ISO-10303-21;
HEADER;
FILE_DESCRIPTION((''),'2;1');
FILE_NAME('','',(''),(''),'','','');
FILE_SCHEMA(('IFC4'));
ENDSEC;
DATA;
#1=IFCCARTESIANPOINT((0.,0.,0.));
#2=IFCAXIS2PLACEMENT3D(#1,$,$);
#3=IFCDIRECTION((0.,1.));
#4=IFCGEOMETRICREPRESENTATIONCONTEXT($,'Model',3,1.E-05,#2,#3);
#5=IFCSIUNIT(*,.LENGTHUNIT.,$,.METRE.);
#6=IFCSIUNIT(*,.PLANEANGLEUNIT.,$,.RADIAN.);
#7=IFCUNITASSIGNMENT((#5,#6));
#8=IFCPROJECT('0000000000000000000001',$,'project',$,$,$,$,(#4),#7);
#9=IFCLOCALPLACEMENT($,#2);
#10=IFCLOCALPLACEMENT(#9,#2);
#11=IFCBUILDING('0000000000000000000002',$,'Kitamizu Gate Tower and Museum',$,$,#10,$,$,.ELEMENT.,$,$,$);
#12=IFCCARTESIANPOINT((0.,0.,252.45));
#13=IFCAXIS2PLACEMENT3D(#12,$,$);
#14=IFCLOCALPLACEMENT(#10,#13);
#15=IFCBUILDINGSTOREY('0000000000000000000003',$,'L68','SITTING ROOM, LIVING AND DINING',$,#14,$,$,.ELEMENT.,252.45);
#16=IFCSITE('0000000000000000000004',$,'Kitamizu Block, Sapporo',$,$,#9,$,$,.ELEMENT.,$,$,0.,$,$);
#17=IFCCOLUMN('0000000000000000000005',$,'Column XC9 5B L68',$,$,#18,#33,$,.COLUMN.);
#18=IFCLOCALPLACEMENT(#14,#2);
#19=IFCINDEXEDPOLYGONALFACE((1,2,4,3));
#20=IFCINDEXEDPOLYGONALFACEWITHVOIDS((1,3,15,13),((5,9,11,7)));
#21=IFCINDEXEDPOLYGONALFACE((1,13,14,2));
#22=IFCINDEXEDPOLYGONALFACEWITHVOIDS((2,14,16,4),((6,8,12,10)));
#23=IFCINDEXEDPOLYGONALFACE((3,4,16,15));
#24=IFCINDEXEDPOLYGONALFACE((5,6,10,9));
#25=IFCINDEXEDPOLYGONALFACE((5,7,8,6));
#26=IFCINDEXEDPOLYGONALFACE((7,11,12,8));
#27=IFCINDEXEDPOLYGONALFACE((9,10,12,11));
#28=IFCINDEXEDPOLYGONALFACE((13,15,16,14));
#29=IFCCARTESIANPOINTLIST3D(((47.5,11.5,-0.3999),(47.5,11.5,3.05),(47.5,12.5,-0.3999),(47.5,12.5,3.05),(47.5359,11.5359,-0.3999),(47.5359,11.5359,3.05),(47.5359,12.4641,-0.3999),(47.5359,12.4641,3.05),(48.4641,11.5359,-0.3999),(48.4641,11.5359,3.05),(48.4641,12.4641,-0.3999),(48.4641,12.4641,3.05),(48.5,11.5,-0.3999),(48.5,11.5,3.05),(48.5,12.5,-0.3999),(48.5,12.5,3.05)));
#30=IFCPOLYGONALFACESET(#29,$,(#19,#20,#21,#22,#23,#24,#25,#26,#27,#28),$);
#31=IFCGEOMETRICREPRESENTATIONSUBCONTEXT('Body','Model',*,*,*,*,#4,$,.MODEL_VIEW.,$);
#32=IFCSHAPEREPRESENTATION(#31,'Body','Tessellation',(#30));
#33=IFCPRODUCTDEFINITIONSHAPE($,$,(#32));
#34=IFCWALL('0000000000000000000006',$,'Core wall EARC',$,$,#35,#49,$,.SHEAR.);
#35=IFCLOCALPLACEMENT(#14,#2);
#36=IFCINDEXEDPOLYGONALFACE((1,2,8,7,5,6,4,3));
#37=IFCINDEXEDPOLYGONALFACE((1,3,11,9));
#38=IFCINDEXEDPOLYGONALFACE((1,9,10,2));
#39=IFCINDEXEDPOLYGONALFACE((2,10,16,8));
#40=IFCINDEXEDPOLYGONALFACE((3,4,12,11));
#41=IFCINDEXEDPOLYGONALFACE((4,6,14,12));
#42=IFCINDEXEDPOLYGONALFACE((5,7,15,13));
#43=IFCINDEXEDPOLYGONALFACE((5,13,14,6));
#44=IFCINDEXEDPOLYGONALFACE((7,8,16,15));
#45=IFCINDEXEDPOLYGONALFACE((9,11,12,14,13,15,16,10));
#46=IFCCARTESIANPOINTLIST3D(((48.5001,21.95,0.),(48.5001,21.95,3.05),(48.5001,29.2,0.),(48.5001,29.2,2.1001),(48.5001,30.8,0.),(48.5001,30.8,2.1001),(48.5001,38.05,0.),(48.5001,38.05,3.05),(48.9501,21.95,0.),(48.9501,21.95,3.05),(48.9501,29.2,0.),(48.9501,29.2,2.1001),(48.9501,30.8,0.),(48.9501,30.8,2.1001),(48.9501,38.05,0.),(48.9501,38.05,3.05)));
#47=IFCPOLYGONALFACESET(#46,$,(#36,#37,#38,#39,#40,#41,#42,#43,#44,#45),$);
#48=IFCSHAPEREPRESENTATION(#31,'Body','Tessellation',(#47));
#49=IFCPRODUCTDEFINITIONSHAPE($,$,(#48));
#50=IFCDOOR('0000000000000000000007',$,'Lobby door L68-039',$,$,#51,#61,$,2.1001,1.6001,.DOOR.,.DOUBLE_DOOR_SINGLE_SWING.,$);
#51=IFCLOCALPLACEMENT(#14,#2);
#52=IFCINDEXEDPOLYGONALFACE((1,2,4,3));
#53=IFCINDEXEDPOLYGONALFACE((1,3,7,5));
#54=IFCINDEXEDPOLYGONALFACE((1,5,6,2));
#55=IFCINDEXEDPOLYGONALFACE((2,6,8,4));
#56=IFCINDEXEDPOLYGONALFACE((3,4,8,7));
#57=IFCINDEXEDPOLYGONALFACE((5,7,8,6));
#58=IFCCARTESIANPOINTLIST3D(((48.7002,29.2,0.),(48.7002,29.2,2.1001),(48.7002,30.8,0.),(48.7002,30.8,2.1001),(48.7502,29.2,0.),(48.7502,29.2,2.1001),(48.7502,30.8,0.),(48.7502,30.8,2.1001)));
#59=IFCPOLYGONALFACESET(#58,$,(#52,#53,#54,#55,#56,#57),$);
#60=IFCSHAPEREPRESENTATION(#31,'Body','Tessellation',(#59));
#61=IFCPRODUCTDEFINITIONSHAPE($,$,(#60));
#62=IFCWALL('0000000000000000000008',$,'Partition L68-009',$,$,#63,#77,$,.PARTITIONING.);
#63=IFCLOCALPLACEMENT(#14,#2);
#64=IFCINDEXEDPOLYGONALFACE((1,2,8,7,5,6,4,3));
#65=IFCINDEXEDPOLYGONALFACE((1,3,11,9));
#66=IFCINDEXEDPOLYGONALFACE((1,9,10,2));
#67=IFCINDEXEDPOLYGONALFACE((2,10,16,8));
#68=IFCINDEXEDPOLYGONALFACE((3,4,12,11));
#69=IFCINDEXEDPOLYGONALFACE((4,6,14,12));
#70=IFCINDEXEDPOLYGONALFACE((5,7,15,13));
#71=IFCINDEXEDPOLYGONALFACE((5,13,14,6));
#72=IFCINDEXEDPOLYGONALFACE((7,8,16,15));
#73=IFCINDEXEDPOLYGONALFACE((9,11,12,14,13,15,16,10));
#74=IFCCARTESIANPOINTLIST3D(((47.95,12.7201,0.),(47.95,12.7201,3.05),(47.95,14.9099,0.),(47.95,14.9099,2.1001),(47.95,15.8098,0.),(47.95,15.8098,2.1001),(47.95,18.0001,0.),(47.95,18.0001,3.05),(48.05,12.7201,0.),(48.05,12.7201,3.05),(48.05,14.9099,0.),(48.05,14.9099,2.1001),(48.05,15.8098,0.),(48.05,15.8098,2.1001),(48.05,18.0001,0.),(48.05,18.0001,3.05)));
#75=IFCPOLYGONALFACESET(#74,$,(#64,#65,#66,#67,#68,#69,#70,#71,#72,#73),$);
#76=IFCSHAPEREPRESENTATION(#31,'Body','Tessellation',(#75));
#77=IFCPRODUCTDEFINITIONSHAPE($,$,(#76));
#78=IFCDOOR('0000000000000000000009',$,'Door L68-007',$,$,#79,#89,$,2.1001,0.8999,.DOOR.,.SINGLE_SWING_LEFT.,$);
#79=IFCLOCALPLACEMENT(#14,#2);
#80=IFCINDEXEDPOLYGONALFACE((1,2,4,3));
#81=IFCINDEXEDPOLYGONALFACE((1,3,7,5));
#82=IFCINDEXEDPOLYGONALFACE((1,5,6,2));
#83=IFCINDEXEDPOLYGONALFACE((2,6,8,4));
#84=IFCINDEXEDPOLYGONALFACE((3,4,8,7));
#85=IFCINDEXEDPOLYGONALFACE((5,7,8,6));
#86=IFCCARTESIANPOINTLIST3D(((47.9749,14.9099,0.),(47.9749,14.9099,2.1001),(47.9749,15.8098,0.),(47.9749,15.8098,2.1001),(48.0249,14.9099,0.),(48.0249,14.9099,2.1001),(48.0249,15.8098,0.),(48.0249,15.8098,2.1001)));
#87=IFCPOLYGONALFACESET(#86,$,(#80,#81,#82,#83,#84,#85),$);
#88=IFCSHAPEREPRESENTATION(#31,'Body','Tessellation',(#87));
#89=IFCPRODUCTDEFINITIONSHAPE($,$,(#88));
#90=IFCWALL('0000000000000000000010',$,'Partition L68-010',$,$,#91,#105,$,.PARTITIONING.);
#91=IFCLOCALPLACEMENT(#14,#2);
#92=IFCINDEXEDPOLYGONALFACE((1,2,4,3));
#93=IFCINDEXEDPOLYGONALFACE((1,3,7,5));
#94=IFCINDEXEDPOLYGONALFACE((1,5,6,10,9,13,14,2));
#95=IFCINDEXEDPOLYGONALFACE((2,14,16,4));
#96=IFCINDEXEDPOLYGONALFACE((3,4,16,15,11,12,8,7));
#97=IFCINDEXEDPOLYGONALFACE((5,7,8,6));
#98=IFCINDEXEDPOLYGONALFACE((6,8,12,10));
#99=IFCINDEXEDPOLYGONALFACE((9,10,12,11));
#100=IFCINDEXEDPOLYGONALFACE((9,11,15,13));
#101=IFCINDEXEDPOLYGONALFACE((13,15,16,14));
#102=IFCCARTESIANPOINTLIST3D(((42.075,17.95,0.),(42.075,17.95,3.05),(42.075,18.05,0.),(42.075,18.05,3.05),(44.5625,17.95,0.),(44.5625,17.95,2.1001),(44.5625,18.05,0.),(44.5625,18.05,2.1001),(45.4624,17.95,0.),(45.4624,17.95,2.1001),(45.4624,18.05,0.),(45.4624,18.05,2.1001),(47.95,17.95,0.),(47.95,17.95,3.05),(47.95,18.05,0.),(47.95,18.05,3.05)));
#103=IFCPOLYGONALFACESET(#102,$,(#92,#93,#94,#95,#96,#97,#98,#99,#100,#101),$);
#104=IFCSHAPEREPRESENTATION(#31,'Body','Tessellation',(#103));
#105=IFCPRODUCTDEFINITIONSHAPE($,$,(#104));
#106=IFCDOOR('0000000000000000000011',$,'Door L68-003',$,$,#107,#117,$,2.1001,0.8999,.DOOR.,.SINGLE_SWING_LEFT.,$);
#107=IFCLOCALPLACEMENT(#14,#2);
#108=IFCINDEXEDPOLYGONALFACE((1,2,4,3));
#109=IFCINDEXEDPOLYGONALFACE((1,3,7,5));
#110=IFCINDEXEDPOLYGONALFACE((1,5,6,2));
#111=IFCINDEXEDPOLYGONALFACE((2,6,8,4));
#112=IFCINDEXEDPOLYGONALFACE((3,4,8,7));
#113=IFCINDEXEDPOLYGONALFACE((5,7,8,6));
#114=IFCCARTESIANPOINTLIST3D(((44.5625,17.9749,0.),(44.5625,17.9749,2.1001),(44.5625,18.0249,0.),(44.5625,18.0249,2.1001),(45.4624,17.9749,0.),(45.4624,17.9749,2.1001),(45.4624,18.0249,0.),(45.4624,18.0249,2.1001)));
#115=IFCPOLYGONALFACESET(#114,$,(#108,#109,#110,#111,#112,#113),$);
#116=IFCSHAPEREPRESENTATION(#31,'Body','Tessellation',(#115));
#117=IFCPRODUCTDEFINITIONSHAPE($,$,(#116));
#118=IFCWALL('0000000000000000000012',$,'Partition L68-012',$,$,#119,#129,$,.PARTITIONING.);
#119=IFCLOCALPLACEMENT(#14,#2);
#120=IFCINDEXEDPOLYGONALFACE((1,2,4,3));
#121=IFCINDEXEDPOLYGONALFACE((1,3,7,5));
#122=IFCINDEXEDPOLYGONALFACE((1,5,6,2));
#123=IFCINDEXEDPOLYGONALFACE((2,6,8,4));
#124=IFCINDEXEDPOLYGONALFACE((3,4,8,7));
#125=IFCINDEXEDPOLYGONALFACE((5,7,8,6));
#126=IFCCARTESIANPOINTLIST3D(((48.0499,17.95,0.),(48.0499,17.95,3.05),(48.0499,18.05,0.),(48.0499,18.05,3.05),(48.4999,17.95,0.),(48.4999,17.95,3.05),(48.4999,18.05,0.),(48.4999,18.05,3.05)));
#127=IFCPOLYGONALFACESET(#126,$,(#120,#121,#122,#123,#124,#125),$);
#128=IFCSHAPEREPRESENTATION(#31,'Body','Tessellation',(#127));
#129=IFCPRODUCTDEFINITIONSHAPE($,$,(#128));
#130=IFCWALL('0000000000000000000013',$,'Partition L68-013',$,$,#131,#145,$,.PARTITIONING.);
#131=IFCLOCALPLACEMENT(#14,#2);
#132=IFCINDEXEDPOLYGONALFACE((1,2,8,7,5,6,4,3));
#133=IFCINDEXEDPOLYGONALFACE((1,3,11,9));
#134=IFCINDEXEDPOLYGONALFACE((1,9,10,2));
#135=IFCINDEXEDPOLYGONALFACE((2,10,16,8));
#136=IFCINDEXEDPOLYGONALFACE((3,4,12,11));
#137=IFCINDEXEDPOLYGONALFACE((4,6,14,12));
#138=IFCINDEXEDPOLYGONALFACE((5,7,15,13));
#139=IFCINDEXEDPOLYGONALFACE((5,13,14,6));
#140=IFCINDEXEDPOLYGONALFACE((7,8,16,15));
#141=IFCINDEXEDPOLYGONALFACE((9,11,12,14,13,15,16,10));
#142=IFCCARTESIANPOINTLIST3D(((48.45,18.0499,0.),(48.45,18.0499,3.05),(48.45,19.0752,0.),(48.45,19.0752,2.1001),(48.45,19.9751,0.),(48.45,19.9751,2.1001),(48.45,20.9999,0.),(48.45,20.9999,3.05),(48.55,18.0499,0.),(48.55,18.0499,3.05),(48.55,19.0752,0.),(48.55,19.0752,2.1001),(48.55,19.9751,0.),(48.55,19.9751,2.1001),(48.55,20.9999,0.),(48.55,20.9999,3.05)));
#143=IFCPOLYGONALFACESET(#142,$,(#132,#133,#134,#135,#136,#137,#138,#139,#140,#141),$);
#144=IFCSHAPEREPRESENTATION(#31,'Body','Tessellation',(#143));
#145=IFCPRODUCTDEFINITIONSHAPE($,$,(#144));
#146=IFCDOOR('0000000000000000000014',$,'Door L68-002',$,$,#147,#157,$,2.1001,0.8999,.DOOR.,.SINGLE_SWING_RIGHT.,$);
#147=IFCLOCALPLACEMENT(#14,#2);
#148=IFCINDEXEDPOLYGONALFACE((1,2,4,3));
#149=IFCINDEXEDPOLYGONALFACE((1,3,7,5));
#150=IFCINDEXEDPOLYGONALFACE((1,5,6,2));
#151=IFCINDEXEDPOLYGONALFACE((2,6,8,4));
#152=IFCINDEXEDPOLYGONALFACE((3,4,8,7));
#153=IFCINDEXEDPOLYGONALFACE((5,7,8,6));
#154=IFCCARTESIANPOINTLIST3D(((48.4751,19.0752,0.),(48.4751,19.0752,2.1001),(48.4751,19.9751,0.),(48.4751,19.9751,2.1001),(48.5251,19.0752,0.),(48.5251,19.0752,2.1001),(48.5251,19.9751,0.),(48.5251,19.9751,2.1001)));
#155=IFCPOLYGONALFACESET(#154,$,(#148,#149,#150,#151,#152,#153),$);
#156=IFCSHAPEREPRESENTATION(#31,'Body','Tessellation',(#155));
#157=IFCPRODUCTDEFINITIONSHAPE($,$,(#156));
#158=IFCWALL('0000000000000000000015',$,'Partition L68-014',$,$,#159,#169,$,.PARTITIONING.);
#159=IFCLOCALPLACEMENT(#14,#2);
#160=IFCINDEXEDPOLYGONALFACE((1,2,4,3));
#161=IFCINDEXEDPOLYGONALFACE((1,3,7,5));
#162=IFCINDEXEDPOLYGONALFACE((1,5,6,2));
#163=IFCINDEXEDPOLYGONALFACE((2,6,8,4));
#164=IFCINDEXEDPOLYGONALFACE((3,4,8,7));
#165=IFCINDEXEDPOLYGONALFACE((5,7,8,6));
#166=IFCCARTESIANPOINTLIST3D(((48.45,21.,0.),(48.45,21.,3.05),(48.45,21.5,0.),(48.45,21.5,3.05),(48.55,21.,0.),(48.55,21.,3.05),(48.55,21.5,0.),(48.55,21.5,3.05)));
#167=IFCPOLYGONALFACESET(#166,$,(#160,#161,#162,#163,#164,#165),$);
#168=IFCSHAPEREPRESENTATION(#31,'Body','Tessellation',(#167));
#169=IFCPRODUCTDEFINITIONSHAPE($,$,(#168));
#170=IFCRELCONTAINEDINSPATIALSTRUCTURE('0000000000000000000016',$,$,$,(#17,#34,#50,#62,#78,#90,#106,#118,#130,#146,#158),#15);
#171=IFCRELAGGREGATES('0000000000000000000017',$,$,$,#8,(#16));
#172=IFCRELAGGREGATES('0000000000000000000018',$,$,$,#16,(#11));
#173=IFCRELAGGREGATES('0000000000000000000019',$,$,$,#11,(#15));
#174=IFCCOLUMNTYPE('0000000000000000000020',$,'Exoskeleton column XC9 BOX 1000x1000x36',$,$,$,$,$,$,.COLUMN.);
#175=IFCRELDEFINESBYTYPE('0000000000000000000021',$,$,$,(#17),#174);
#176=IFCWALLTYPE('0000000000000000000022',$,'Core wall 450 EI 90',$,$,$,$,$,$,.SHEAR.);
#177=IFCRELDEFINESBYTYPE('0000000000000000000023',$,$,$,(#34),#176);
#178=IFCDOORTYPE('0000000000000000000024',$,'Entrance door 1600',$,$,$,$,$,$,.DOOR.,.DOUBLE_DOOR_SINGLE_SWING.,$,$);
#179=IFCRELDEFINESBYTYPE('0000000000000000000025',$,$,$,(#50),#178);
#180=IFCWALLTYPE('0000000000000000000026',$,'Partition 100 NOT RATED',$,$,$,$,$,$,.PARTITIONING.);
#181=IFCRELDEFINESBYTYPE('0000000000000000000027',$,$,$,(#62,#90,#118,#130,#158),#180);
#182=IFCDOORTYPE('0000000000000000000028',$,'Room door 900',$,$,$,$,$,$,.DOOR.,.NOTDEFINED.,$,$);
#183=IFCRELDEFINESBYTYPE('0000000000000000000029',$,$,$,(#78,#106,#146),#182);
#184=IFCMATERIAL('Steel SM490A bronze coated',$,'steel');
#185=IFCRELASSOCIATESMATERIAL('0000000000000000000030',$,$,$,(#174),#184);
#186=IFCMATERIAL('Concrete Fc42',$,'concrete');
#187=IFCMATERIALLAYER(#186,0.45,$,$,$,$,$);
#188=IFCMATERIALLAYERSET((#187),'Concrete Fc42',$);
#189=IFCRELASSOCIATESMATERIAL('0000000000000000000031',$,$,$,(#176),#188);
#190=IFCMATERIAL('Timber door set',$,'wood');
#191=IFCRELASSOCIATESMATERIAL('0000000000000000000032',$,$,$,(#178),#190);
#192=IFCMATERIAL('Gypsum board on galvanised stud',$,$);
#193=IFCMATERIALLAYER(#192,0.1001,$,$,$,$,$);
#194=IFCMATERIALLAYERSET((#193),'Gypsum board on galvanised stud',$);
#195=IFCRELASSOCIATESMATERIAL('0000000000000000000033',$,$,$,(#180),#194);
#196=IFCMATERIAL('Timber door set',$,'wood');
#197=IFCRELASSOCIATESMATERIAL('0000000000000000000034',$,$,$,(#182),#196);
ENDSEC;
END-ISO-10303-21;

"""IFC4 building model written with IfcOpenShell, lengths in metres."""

from ifc_helpers import new_model, si_unit, direction, frame, frame_2d, origin, origin_2d, place, context, subcontext, project, spatial, rectangle, hollow_rectangle, extrude, material, layer, layer_set, material_profile, profile_set, type_object, element, fill, save


model = new_model("IFC4")

# Units and contexts
model_context = context("Model", 3, precision=1e-05, world=origin(), true_north=direction((0.0, 1.0)))
body_context = subcontext(model_context, "Body", "Model", "MODEL_VIEW")
ifc_project = project(units=[si_unit("LENGTHUNIT", "METRE"), si_unit("PLANEANGLEUNIT", "RADIAN")], contexts=[model_context])

# Site, building, storey
site_placement = place(None, origin())
site = spatial("IfcSite", under=ifc_project, at=site_placement, Name="Kitamizu Block, Sapporo", CompositionType="ELEMENT", RefElevation=0.0)
building_placement = place(site_placement, origin())
building = spatial("IfcBuilding", under=site, at=building_placement, Name="Kitamizu Gate Tower and Museum", CompositionType="ELEMENT")
storey_placement = place(building_placement, frame((0.0, 0.0, 252.45)))
storey = spatial("IfcBuildingStorey", under=building, at=storey_placement, Name="L68", Description="SITTING ROOM, LIVING AND DINING", CompositionType="ELEMENT", Elevation=252.45)

# Column
ifc_material_1 = material(Name="Steel SM490A bronze coated", Category="steel")
ifc_material_profile = material_profile(ifc_material_1, hollow_rectangle(XDim=1.0, YDim=1.0, WallThickness=0.0359, at=origin_2d()), Name="BOX 1000x1000x36")
ifc_profile_set = profile_set([ifc_material_profile], Name="Steel SM490A bronze coated")
column_type = type_object("IfcColumnType", Name="Exoskeleton column XC9 BOX 1000x1000x36", PredefinedType="COLUMN", material=ifc_profile_set)
column_placement = place(storey_placement, frame((48.0, 12.0, -0.3999), z_axis=(0.0, 0.0, 1.0), x_axis=(1.0, 0.0, 0.0)))
element("IfcColumn", 1, at=column_placement, inside=storey, type_object=column_type, Name="Column XC9 5B L68", PredefinedType="COLUMN", context=body_context, shape_type="SweptSolid", body=[
    extrude(hollow_rectangle(XDim=1.0, YDim=1.0, WallThickness=0.0359, at=origin_2d()), origin(), (0.0, 0.0, 1.0), 3.45),
])

# Walls, openings, doors
ifc_material_2 = material(Name="Concrete Fc42", Category="concrete")
ifc_layer_1 = layer(ifc_material_2, 0.45)
ifc_layer_set_1 = layer_set([ifc_layer_1], Name="Concrete Fc42")
wall_type_1 = type_object("IfcWallType", Name="Core wall 450 EI 90", PredefinedType="SHEAR", material=ifc_layer_set_1)
wall_1_placement = place(storey_placement, frame((48.7251, 21.95, 0.0), z_axis=(0.0, 0.0, 1.0), x_axis=(0.0, 1.0, 0.0)))
wall_1 = element("IfcWall", 2, at=wall_1_placement, inside=storey, type_object=wall_type_1, Name="Core wall EARC", PredefinedType="SHEAR", context=body_context, shape_type="SweptSolid", body=[
    extrude(rectangle(XDim=16.1001, YDim=0.45, at=frame_2d((8.05, 0.0))), origin(), (0.0, 0.0, 1.0), 3.05),
])
opening_1_placement = place(wall_1_placement, frame((7.25, 0.0, 0.0)))
opening_1 = element("IfcOpeningElement", 3, at=opening_1_placement, cuts=wall_1, PredefinedType="OPENING", context=body_context, shape_type="SweptSolid", body=[
    extrude(rectangle(XDim=1.6001, YDim=2.1001, at=frame_2d((0.8, 1.05))), frame((0.0, 0.2349, 0.0), z_axis=(0.0, -1.0, 0.0), x_axis=(1.0, 0.0, 0.0)), (0.0, 0.0, 1.0), 0.47),
])
ifc_material_3 = material(Name="Timber door set", Category="wood")
door_type_1 = type_object("IfcDoorType", Name="Entrance door 1600", OperationType="DOUBLE_DOOR_SINGLE_SWING", PredefinedType="DOOR", material=ifc_material_3)
door_1_placement = place(opening_1_placement, origin())
door_1 = element("IfcDoor", 4, at=door_1_placement, inside=storey, type_object=door_type_1, Name="Lobby door L68-039", OperationType="DOUBLE_DOOR_SINGLE_SWING", OverallHeight=2.1001, OverallWidth=1.6001, PredefinedType="DOOR", context=body_context, shape_type="SweptSolid", body=[
    extrude(rectangle(XDim=1.6001, YDim=2.1001, at=frame_2d((0.8, 1.05))), frame((0.0, 0.0249, 0.0), z_axis=(0.0, -1.0, 0.0), x_axis=(1.0, 0.0, 0.0)), (0.0, 0.0, 1.0), 0.05),
])
fill(opening_1, door_1)
ifc_material_4 = material(Name="Gypsum board on galvanised stud")
ifc_layer_2 = layer(ifc_material_4, 0.1001)
ifc_layer_set_2 = layer_set([ifc_layer_2], Name="Gypsum board on galvanised stud")
wall_type_2 = type_object("IfcWallType", Name="Partition 100 NOT RATED", PredefinedType="PARTITIONING", material=ifc_layer_set_2)
wall_2_placement = place(storey_placement, frame((48.0, 12.72, 0.0), z_axis=(0.0, 0.0, 1.0), x_axis=(0.0, 1.0, 0.0)))
wall_2 = element("IfcWall", 5, at=wall_2_placement, inside=storey, type_object=wall_type_2, Name="Partition L68-009", PredefinedType="PARTITIONING", context=body_context, shape_type="SweptSolid", body=[
    extrude(rectangle(XDim=5.28, YDim=0.1001, at=frame_2d((2.6401, 0.0))), origin(), (0.0, 0.0, 1.0), 3.05),
])
opening_2_placement = place(wall_2_placement, frame((2.1899, 0.0, 0.0)))
opening_2 = element("IfcOpeningElement", 6, at=opening_2_placement, cuts=wall_2, PredefinedType="OPENING", context=body_context, shape_type="SweptSolid", body=[
    extrude(rectangle(XDim=0.8999, YDim=2.1001, at=frame_2d((0.45, 1.05))), frame((0.0, 0.0601, 0.0), z_axis=(0.0, -1.0, 0.0), x_axis=(1.0, 0.0, 0.0)), (0.0, 0.0, 1.0), 0.1201),
])
ifc_material_5 = material(Name="Timber door set", Category="wood")
door_type_2 = type_object("IfcDoorType", Name="Room door 900", OperationType="NOTDEFINED", PredefinedType="DOOR", material=ifc_material_5)
door_2_placement = place(opening_2_placement, frame((0.8999, 0.0, 0.0), x_axis=(-1.0, 0.0, 0.0)))
door_2 = element("IfcDoor", 7, at=door_2_placement, inside=storey, type_object=door_type_2, Name="Door L68-007", OperationType="SINGLE_SWING_LEFT", OverallHeight=2.1001, OverallWidth=0.8999, PredefinedType="DOOR", context=body_context, shape_type="SweptSolid", body=[
    extrude(rectangle(XDim=0.8999, YDim=2.1001, at=frame_2d((0.45, 1.05))), frame((0.0, 0.0249, 0.0), z_axis=(0.0, -1.0, 0.0), x_axis=(1.0, 0.0, 0.0)), (0.0, 0.0, 1.0), 0.05),
])
fill(opening_2, door_2)
wall_3_placement = place(storey_placement, frame((47.95, 18.0, 0.0), z_axis=(0.0, 0.0, 1.0), x_axis=(-1.0, 0.0, 0.0)))
wall_3 = element("IfcWall", 8, at=wall_3_placement, inside=storey, type_object=wall_type_2, Name="Partition L68-010", PredefinedType="PARTITIONING", context=body_context, shape_type="SweptSolid", body=[
    extrude(rectangle(XDim=5.875, YDim=0.1001, at=frame_2d((2.9375, 0.0))), origin(), (0.0, 0.0, 1.0), 3.05),
])
opening_3_placement = place(wall_3_placement, frame((2.4875, 0.0, 0.0)))
opening_3 = element("IfcOpeningElement", 9, at=opening_3_placement, cuts=wall_3, PredefinedType="OPENING", context=body_context, shape_type="SweptSolid", body=[
    extrude(rectangle(XDim=0.8999, YDim=2.1001, at=frame_2d((0.45, 1.05))), frame((0.0, 0.0601, 0.0), z_axis=(0.0, -1.0, 0.0), x_axis=(1.0, 0.0, 0.0)), (0.0, 0.0, 1.0), 0.1201),
])
door_3_placement = place(opening_3_placement, frame((0.8999, 0.0, 0.0), x_axis=(-1.0, 0.0, 0.0)))
door_3 = element("IfcDoor", 10, at=door_3_placement, inside=storey, type_object=door_type_2, Name="Door L68-003", OperationType="SINGLE_SWING_LEFT", OverallHeight=2.1001, OverallWidth=0.8999, PredefinedType="DOOR", context=body_context, shape_type="SweptSolid", body=[
    extrude(rectangle(XDim=0.8999, YDim=2.1001, at=frame_2d((0.45, 1.05))), frame((0.0, 0.0249, 0.0), z_axis=(0.0, -1.0, 0.0), x_axis=(1.0, 0.0, 0.0)), (0.0, 0.0, 1.0), 0.05),
])
fill(opening_3, door_3)

# Wall
wall_4_placement = place(storey_placement, frame((48.5, 18.0, 0.0), z_axis=(0.0, 0.0, 1.0), x_axis=(-1.0, 0.0, 0.0)))
element("IfcWall", 11, at=wall_4_placement, inside=storey, type_object=wall_type_2, Name="Partition L68-012", PredefinedType="PARTITIONING", context=body_context, shape_type="SweptSolid", body=[
    extrude(rectangle(XDim=0.45, YDim=0.1001, at=frame_2d((0.2251, 0.0))), origin(), (0.0, 0.0, 1.0), 3.05),
])

# Wall, opening, door
wall_5_placement = place(storey_placement, frame((48.5, 21.0, 0.0), z_axis=(0.0, 0.0, 1.0), x_axis=(0.0, -1.0, 0.0)))
wall_5 = element("IfcWall", 12, at=wall_5_placement, inside=storey, type_object=wall_type_2, Name="Partition L68-013", PredefinedType="PARTITIONING", context=body_context, shape_type="SweptSolid", body=[
    extrude(rectangle(XDim=2.95, YDim=0.1001, at=frame_2d((1.4751, 0.0))), origin(), (0.0, 0.0, 1.0), 3.05),
])
opening_4_placement = place(wall_5_placement, frame((1.0249, 0.0, 0.0)))
opening_4 = element("IfcOpeningElement", 13, at=opening_4_placement, cuts=wall_5, PredefinedType="OPENING", context=body_context, shape_type="SweptSolid", body=[
    extrude(rectangle(XDim=0.8999, YDim=2.1001, at=frame_2d((0.45, 1.05))), frame((0.0, 0.0601, 0.0), z_axis=(0.0, -1.0, 0.0), x_axis=(1.0, 0.0, 0.0)), (0.0, 0.0, 1.0), 0.1201),
])
door_4_placement = place(opening_4_placement, frame((0.8999, 0.0, 0.0), x_axis=(-1.0, 0.0, 0.0)))
door_4 = element("IfcDoor", 14, at=door_4_placement, inside=storey, type_object=door_type_2, Name="Door L68-002", OperationType="SINGLE_SWING_RIGHT", OverallHeight=2.1001, OverallWidth=0.8999, PredefinedType="DOOR", context=body_context, shape_type="SweptSolid", body=[
    extrude(rectangle(XDim=0.8999, YDim=2.1001, at=frame_2d((0.45, 1.05))), frame((0.0, 0.0249, 0.0), z_axis=(0.0, -1.0, 0.0), x_axis=(1.0, 0.0, 0.0)), (0.0, 0.0, 1.0), 0.05),
])
fill(opening_4, door_4)

# Wall
wall_6_placement = place(storey_placement, frame((48.5, 21.5, 0.0), z_axis=(0.0, 0.0, 1.0), x_axis=(0.0, -1.0, 0.0)))
element("IfcWall", 15, at=wall_6_placement, inside=storey, type_object=wall_type_2, Name="Partition L68-014", PredefinedType="PARTITIONING", context=body_context, shape_type="SweptSolid", body=[
    extrude(rectangle(XDim=0.5, YDim=0.1001, at=frame_2d((0.25, 0.0))), origin(), (0.0, 0.0, 1.0), 3.05),
])

save(model, "model.ifc")
